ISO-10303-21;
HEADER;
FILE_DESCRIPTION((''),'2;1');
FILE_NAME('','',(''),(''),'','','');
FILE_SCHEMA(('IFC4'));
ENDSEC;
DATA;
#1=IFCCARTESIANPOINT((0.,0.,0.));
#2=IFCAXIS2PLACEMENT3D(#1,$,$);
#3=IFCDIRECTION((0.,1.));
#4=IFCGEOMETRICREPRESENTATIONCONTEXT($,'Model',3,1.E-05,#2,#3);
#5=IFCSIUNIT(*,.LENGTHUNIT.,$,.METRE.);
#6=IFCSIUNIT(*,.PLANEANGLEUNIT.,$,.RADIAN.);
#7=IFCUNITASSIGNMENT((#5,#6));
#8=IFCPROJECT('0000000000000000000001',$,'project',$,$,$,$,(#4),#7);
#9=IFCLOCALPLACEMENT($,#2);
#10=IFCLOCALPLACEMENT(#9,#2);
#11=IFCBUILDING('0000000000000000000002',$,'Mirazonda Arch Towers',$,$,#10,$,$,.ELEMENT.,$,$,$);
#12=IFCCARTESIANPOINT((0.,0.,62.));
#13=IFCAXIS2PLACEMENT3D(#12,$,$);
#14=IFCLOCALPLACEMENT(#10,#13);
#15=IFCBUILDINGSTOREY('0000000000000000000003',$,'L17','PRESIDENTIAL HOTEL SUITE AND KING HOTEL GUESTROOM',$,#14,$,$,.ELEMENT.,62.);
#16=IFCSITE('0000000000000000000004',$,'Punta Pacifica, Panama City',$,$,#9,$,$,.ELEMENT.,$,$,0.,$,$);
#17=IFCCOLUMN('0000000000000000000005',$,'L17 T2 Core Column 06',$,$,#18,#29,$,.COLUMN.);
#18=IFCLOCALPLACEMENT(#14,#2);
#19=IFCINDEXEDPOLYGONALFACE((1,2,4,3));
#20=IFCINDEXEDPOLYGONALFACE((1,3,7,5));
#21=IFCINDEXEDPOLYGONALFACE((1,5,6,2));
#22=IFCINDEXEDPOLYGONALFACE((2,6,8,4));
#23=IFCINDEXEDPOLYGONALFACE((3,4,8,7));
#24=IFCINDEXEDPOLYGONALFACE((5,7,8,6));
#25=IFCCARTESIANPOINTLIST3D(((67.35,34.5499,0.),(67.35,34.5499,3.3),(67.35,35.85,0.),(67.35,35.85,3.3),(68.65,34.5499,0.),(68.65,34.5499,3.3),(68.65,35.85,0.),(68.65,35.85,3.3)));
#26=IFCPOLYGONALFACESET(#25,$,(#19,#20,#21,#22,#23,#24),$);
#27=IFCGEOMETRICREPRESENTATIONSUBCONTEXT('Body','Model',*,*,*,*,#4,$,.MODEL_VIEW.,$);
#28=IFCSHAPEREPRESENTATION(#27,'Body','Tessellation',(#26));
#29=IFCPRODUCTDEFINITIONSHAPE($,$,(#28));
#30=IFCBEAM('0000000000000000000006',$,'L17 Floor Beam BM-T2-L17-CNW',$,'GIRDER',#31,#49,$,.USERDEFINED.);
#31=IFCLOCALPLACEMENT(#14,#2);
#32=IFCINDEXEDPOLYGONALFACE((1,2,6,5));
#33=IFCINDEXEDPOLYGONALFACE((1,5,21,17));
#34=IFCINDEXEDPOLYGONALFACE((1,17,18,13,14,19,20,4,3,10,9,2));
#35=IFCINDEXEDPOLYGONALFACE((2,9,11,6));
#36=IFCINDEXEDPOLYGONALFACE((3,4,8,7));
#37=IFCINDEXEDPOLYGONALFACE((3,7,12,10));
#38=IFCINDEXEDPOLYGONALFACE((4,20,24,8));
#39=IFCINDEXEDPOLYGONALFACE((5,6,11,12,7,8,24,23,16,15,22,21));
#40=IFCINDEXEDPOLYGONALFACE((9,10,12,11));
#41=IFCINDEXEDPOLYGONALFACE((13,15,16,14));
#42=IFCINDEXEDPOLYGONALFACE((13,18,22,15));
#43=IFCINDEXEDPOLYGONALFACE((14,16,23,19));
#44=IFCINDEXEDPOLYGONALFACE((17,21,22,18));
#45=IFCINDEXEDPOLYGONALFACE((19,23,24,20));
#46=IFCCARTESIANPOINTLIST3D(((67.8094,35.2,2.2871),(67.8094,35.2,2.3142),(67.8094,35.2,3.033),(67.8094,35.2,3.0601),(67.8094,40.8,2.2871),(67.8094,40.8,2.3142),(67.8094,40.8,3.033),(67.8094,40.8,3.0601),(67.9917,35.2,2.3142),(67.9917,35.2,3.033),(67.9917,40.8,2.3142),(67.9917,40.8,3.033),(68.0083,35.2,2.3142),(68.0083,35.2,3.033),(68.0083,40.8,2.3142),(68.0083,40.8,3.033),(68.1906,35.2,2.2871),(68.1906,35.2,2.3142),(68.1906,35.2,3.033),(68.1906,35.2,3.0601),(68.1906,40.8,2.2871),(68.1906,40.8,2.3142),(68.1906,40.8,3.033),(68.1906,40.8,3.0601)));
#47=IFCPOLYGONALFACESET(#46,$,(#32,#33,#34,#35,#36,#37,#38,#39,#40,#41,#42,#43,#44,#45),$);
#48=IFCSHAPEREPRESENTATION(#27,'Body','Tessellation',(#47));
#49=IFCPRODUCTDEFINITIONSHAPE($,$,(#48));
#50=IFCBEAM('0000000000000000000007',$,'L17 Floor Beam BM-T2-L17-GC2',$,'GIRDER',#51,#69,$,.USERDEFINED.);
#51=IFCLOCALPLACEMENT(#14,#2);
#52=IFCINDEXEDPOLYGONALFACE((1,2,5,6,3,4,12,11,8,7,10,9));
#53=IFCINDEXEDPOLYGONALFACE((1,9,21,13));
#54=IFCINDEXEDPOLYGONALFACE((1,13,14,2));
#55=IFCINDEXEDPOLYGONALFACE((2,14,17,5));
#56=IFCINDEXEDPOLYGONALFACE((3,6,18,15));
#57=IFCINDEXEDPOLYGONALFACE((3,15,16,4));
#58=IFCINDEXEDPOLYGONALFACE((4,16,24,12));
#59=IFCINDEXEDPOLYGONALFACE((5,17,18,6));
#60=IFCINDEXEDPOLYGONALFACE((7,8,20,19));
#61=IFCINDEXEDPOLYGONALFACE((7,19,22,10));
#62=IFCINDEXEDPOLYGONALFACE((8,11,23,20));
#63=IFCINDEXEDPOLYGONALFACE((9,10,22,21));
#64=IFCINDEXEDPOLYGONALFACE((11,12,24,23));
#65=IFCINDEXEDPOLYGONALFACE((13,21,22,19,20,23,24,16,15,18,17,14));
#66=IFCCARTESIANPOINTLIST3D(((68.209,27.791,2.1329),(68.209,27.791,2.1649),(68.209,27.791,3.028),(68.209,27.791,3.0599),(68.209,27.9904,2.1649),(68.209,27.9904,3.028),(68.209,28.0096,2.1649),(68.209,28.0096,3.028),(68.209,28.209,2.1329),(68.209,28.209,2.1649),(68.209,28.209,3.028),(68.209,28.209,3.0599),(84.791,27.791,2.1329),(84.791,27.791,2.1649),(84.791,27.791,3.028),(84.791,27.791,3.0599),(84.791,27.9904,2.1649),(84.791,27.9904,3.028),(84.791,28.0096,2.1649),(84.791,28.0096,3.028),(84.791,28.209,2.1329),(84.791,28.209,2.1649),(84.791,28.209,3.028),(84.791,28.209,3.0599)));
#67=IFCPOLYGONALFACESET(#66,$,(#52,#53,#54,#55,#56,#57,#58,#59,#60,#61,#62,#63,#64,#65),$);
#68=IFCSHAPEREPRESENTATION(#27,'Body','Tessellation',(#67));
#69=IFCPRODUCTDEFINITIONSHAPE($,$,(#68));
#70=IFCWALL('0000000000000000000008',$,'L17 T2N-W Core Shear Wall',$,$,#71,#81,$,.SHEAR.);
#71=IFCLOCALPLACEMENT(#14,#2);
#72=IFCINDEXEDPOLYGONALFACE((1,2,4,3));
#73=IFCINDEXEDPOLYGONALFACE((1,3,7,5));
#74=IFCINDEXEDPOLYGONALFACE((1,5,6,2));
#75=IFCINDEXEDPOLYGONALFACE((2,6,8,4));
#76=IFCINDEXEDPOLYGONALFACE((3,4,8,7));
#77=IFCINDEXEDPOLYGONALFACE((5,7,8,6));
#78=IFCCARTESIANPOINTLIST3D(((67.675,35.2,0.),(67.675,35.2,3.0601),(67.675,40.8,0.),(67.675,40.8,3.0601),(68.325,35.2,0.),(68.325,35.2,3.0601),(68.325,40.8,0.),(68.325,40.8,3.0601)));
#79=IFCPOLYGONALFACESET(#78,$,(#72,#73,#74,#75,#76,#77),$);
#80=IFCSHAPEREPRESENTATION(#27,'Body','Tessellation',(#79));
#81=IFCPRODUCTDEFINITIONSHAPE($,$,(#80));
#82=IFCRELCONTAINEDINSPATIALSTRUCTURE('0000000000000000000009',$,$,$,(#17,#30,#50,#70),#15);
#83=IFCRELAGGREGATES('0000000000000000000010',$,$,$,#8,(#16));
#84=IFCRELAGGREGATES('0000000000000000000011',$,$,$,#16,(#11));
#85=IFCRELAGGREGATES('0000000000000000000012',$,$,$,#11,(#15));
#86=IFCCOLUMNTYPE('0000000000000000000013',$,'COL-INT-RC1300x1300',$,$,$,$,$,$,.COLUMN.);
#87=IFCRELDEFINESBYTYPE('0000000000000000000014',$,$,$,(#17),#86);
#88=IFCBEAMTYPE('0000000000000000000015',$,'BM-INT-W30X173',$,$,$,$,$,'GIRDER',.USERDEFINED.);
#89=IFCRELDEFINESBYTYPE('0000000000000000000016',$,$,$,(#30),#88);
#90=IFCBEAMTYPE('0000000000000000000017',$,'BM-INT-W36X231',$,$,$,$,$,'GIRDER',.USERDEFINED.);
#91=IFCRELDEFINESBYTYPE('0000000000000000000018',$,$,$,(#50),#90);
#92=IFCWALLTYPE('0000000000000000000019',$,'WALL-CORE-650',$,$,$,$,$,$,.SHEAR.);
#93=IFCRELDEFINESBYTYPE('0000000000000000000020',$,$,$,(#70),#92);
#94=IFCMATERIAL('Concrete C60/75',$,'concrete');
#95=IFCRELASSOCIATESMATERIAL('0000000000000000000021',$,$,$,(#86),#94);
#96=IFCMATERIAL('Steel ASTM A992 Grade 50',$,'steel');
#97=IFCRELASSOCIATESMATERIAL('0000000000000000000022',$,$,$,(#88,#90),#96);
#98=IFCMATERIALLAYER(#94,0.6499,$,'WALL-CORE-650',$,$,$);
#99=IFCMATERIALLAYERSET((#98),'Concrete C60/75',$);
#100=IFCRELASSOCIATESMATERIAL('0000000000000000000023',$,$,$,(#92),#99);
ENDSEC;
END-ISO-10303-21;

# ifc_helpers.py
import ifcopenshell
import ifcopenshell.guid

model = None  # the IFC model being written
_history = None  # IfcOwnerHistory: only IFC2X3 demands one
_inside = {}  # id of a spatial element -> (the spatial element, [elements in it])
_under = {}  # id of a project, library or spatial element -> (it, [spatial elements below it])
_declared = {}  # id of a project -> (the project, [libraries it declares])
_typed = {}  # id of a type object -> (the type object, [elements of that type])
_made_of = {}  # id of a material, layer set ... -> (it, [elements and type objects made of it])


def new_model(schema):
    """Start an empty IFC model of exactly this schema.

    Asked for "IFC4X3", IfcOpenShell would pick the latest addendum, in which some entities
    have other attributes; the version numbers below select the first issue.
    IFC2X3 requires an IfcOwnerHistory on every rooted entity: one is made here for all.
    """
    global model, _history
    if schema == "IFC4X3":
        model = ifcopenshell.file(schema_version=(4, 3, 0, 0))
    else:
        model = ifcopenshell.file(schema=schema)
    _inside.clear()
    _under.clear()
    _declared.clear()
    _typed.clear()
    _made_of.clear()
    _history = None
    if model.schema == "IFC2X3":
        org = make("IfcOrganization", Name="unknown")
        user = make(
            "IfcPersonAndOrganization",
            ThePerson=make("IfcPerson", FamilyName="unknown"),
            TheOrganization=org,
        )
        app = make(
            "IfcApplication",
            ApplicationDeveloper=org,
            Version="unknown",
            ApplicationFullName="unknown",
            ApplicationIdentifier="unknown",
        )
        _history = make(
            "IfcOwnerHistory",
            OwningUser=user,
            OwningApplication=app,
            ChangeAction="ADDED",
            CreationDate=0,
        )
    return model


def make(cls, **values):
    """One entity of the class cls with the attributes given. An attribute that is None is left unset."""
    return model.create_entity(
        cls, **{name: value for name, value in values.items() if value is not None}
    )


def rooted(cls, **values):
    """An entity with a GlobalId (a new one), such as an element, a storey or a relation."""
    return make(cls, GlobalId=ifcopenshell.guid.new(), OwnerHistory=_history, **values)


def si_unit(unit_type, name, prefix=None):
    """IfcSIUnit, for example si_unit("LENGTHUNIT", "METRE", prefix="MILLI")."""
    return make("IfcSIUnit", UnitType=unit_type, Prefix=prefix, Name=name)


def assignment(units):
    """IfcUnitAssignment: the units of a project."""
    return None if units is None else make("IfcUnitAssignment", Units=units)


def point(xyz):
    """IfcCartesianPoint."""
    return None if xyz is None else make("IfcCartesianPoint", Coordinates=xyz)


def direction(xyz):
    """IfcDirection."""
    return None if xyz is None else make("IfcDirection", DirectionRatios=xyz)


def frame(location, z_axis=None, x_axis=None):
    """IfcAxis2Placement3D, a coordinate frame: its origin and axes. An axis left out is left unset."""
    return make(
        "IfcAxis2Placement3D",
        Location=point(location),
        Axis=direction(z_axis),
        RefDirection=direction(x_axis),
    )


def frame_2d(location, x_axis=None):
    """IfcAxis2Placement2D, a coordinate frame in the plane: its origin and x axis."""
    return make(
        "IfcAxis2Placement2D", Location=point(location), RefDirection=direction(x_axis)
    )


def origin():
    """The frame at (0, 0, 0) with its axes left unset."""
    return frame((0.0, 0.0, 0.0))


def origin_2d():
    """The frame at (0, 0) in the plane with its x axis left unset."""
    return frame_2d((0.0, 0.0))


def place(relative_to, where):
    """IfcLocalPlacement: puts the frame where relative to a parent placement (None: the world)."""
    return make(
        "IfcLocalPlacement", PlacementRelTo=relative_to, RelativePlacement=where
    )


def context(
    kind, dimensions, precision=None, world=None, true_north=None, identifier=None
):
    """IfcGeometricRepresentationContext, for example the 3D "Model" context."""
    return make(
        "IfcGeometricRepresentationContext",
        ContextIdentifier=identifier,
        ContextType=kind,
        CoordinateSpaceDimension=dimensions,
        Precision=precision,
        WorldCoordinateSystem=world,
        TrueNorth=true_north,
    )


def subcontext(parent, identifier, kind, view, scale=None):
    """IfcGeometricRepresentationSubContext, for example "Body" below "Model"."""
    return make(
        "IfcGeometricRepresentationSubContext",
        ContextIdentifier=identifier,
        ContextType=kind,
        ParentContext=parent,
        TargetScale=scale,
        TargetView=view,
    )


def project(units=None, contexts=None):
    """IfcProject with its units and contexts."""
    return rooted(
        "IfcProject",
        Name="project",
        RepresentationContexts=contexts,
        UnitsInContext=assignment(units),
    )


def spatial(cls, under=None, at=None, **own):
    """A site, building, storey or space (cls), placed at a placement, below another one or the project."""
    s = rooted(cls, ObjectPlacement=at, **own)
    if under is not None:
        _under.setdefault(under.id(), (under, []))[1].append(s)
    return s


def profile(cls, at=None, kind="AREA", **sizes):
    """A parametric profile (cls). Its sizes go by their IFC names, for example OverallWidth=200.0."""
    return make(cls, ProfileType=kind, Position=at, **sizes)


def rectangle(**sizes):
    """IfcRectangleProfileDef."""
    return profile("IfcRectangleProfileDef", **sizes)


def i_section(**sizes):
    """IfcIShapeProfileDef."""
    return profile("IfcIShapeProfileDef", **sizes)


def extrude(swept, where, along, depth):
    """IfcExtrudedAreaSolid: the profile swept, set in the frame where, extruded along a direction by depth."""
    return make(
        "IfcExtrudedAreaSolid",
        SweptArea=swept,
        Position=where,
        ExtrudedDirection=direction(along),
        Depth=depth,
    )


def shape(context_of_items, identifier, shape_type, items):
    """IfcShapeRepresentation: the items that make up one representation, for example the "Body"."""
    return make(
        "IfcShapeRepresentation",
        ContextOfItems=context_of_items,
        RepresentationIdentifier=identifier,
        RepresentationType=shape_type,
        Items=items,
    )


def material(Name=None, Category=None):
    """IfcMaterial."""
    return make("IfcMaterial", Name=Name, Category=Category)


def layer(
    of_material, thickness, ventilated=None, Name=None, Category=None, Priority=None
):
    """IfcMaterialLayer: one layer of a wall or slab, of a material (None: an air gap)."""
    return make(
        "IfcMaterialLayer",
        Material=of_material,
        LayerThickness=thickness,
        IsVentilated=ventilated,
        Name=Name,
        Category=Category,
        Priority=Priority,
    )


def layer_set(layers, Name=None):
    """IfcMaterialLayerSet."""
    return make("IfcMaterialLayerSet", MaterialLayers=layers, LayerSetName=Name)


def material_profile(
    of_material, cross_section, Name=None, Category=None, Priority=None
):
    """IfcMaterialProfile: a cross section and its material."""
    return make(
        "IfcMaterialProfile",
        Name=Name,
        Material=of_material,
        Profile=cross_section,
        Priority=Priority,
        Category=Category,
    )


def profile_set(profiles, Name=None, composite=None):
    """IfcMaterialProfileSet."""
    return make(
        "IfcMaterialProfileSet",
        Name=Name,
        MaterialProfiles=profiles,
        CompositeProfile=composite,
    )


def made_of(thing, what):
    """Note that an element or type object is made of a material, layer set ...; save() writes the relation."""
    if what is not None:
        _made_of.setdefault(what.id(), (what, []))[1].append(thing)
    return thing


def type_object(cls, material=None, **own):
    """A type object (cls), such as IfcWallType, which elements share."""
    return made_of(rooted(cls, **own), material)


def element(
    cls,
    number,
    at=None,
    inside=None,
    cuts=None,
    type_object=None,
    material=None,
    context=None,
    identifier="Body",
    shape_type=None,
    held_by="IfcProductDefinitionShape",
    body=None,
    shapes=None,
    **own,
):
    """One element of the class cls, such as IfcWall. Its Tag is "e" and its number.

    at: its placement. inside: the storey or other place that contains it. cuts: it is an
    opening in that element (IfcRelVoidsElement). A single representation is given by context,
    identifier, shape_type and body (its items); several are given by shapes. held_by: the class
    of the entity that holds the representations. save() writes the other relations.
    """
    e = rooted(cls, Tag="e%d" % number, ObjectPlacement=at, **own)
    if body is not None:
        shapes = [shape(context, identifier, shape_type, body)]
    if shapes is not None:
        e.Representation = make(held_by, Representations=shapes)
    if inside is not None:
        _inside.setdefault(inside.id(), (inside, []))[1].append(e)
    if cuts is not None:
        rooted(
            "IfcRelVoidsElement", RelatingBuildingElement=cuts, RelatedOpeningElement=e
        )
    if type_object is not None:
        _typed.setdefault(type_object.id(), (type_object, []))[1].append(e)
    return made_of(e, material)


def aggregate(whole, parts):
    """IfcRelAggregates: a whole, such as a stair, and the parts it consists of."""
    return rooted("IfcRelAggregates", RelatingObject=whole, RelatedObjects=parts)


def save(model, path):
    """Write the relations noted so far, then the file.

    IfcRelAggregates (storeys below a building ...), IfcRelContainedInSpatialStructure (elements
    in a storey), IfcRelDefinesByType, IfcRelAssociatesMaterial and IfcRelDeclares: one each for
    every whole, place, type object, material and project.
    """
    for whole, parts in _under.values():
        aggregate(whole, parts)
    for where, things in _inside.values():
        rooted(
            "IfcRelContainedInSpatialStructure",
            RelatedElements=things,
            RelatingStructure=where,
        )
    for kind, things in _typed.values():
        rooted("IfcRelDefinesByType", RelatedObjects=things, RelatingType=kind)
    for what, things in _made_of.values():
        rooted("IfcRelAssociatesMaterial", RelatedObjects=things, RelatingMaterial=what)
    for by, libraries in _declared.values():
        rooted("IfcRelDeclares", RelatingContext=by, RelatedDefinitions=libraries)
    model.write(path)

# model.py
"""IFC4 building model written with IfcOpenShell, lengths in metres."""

from ifc_helpers import new_model, si_unit, direction, frame, frame_2d, origin, origin_2d, place, context, subcontext, project, spatial, rectangle, i_section, extrude, material, layer, layer_set, material_profile, profile_set, type_object, element, save


model = new_model("IFC4")

# Units and contexts
model_context = context("Model", 3, precision=1e-05, world=origin(), true_north=direction((0.0, 1.0)))
body_context = subcontext(model_context, "Body", "Model", "MODEL_VIEW")
ifc_project = project(units=[si_unit("LENGTHUNIT", "METRE"), si_unit("PLANEANGLEUNIT", "RADIAN")], contexts=[model_context])

# Site, building, storey
site_placement = place(None, origin())
site = spatial("IfcSite", under=ifc_project, at=site_placement, Name="Punta Pacifica, Panama City", CompositionType="ELEMENT", RefElevation=0.0)
building_placement = place(site_placement, origin())
building = spatial("IfcBuilding", under=site, at=building_placement, Name="Mirazonda Arch Towers", CompositionType="ELEMENT")
storey_placement = place(building_placement, frame((0.0, 0.0, 62.0)))
storey = spatial("IfcBuildingStorey", under=building, at=storey_placement, Name="L17", Description="PRESIDENTIAL HOTEL SUITE AND KING HOTEL GUESTROOM", CompositionType="ELEMENT", Elevation=62.0)

# Column
ifc_material_1 = material(Name="Concrete C60/75", Category="concrete")
ifc_material_profile_1 = material_profile(ifc_material_1, rectangle(XDim=1.3, YDim=1.3, at=origin_2d()), Name="RC1300x1300")
ifc_profile_set_1 = profile_set([ifc_material_profile_1], Name="Concrete C60/75")
column_type = type_object("IfcColumnType", Name="COL-INT-RC1300x1300", PredefinedType="COLUMN", material=ifc_profile_set_1)
column_placement = place(storey_placement, frame((68.0, 35.2, 0.0), z_axis=(0.0, 0.0, 1.0), x_axis=(1.0, 0.0, 0.0)))
element("IfcColumn", 1, at=column_placement, inside=storey, type_object=column_type, Name="L17 T2 Core Column 06", PredefinedType="COLUMN", context=body_context, shape_type="SweptSolid", body=[
    extrude(rectangle(XDim=1.3, YDim=1.3, at=origin_2d()), origin(), (0.0, 0.0, 1.0), 3.3),
])

# Beams
ifc_material_2 = material(Name="Steel ASTM A992 Grade 50", Category="steel")
ifc_material_profile_2 = material_profile(ifc_material_2, i_section(OverallWidth=0.3811, OverallDepth=0.7729, WebThickness=0.0166, FlangeThickness=0.0271, at=origin_2d()), Name="W30X173")
ifc_profile_set_2 = profile_set([ifc_material_profile_2], Name="Steel ASTM A992 Grade 50")
beam_type_1 = type_object("IfcBeamType", Name="BM-INT-W30X173", ElementType="GIRDER", PredefinedType="USERDEFINED", material=ifc_profile_set_2)
beam_1_placement = place(storey_placement, frame((68.0, 35.2, 2.6736), z_axis=(0.0, 1.0, 0.0), x_axis=(-1.0, 0.0, 0.0)))
element("IfcBeam", 2, at=beam_1_placement, inside=storey, type_object=beam_type_1, Name="L17 Floor Beam BM-T2-L17-CNW", ObjectType="GIRDER", PredefinedType="USERDEFINED", context=body_context, shape_type="SweptSolid", body=[
    extrude(i_section(OverallWidth=0.3811, OverallDepth=0.7729, WebThickness=0.0166, FlangeThickness=0.0271, at=origin_2d()), origin(), (0.0, 0.0, 1.0), 5.6001),
])
ifc_material_profile_3 = material_profile(ifc_material_2, i_section(OverallWidth=0.418, OverallDepth=0.927, WebThickness=0.0193, FlangeThickness=0.032, at=origin_2d()), Name="W36X231")
ifc_profile_set_3 = profile_set([ifc_material_profile_3], Name="Steel ASTM A992 Grade 50")
beam_type_2 = type_object("IfcBeamType", Name="BM-INT-W36X231", ElementType="GIRDER", PredefinedType="USERDEFINED", material=ifc_profile_set_3)
beam_2_placement = place(storey_placement, frame((68.209, 28.0, 2.5964), z_axis=(1.0, 0.0, 0.0), x_axis=(0.0, 1.0, 0.0)))
element("IfcBeam", 3, at=beam_2_placement, inside=storey, type_object=beam_type_2, Name="L17 Floor Beam BM-T2-L17-GC2", ObjectType="GIRDER", PredefinedType="USERDEFINED", context=body_context, shape_type="SweptSolid", body=[
    extrude(i_section(OverallWidth=0.418, OverallDepth=0.927, WebThickness=0.0193, FlangeThickness=0.032, at=origin_2d()), origin(), (0.0, 0.0, 1.0), 16.582),
])

# Wall
ifc_layer_1 = layer(ifc_material_1, 0.6499, Name="WALL-CORE-650")
ifc_layer_set_1 = layer_set([ifc_layer_1], Name="Concrete C60/75")
wall_type_1 = type_object("IfcWallType", Name="WALL-CORE-650", PredefinedType="SHEAR", material=ifc_layer_set_1)
wall_1_placement = place(storey_placement, frame((68.0, 35.2, 0.0), z_axis=(0.0, 0.0, 1.0), x_axis=(0.0, 1.0, 0.0)))
element("IfcWall", 4, at=wall_1_placement, inside=storey, type_object=wall_type_1, Name="L17 T2N-W Core Shear Wall", PredefinedType="SHEAR", context=body_context, shape_type="SweptSolid", body=[
    extrude(rectangle(XDim=5.6001, YDim=0.6499, at=frame_2d((2.8, 0.0))), origin(), (0.0, 0.0, 1.0), 3.0601),
])

save(model, "model.ifc")
